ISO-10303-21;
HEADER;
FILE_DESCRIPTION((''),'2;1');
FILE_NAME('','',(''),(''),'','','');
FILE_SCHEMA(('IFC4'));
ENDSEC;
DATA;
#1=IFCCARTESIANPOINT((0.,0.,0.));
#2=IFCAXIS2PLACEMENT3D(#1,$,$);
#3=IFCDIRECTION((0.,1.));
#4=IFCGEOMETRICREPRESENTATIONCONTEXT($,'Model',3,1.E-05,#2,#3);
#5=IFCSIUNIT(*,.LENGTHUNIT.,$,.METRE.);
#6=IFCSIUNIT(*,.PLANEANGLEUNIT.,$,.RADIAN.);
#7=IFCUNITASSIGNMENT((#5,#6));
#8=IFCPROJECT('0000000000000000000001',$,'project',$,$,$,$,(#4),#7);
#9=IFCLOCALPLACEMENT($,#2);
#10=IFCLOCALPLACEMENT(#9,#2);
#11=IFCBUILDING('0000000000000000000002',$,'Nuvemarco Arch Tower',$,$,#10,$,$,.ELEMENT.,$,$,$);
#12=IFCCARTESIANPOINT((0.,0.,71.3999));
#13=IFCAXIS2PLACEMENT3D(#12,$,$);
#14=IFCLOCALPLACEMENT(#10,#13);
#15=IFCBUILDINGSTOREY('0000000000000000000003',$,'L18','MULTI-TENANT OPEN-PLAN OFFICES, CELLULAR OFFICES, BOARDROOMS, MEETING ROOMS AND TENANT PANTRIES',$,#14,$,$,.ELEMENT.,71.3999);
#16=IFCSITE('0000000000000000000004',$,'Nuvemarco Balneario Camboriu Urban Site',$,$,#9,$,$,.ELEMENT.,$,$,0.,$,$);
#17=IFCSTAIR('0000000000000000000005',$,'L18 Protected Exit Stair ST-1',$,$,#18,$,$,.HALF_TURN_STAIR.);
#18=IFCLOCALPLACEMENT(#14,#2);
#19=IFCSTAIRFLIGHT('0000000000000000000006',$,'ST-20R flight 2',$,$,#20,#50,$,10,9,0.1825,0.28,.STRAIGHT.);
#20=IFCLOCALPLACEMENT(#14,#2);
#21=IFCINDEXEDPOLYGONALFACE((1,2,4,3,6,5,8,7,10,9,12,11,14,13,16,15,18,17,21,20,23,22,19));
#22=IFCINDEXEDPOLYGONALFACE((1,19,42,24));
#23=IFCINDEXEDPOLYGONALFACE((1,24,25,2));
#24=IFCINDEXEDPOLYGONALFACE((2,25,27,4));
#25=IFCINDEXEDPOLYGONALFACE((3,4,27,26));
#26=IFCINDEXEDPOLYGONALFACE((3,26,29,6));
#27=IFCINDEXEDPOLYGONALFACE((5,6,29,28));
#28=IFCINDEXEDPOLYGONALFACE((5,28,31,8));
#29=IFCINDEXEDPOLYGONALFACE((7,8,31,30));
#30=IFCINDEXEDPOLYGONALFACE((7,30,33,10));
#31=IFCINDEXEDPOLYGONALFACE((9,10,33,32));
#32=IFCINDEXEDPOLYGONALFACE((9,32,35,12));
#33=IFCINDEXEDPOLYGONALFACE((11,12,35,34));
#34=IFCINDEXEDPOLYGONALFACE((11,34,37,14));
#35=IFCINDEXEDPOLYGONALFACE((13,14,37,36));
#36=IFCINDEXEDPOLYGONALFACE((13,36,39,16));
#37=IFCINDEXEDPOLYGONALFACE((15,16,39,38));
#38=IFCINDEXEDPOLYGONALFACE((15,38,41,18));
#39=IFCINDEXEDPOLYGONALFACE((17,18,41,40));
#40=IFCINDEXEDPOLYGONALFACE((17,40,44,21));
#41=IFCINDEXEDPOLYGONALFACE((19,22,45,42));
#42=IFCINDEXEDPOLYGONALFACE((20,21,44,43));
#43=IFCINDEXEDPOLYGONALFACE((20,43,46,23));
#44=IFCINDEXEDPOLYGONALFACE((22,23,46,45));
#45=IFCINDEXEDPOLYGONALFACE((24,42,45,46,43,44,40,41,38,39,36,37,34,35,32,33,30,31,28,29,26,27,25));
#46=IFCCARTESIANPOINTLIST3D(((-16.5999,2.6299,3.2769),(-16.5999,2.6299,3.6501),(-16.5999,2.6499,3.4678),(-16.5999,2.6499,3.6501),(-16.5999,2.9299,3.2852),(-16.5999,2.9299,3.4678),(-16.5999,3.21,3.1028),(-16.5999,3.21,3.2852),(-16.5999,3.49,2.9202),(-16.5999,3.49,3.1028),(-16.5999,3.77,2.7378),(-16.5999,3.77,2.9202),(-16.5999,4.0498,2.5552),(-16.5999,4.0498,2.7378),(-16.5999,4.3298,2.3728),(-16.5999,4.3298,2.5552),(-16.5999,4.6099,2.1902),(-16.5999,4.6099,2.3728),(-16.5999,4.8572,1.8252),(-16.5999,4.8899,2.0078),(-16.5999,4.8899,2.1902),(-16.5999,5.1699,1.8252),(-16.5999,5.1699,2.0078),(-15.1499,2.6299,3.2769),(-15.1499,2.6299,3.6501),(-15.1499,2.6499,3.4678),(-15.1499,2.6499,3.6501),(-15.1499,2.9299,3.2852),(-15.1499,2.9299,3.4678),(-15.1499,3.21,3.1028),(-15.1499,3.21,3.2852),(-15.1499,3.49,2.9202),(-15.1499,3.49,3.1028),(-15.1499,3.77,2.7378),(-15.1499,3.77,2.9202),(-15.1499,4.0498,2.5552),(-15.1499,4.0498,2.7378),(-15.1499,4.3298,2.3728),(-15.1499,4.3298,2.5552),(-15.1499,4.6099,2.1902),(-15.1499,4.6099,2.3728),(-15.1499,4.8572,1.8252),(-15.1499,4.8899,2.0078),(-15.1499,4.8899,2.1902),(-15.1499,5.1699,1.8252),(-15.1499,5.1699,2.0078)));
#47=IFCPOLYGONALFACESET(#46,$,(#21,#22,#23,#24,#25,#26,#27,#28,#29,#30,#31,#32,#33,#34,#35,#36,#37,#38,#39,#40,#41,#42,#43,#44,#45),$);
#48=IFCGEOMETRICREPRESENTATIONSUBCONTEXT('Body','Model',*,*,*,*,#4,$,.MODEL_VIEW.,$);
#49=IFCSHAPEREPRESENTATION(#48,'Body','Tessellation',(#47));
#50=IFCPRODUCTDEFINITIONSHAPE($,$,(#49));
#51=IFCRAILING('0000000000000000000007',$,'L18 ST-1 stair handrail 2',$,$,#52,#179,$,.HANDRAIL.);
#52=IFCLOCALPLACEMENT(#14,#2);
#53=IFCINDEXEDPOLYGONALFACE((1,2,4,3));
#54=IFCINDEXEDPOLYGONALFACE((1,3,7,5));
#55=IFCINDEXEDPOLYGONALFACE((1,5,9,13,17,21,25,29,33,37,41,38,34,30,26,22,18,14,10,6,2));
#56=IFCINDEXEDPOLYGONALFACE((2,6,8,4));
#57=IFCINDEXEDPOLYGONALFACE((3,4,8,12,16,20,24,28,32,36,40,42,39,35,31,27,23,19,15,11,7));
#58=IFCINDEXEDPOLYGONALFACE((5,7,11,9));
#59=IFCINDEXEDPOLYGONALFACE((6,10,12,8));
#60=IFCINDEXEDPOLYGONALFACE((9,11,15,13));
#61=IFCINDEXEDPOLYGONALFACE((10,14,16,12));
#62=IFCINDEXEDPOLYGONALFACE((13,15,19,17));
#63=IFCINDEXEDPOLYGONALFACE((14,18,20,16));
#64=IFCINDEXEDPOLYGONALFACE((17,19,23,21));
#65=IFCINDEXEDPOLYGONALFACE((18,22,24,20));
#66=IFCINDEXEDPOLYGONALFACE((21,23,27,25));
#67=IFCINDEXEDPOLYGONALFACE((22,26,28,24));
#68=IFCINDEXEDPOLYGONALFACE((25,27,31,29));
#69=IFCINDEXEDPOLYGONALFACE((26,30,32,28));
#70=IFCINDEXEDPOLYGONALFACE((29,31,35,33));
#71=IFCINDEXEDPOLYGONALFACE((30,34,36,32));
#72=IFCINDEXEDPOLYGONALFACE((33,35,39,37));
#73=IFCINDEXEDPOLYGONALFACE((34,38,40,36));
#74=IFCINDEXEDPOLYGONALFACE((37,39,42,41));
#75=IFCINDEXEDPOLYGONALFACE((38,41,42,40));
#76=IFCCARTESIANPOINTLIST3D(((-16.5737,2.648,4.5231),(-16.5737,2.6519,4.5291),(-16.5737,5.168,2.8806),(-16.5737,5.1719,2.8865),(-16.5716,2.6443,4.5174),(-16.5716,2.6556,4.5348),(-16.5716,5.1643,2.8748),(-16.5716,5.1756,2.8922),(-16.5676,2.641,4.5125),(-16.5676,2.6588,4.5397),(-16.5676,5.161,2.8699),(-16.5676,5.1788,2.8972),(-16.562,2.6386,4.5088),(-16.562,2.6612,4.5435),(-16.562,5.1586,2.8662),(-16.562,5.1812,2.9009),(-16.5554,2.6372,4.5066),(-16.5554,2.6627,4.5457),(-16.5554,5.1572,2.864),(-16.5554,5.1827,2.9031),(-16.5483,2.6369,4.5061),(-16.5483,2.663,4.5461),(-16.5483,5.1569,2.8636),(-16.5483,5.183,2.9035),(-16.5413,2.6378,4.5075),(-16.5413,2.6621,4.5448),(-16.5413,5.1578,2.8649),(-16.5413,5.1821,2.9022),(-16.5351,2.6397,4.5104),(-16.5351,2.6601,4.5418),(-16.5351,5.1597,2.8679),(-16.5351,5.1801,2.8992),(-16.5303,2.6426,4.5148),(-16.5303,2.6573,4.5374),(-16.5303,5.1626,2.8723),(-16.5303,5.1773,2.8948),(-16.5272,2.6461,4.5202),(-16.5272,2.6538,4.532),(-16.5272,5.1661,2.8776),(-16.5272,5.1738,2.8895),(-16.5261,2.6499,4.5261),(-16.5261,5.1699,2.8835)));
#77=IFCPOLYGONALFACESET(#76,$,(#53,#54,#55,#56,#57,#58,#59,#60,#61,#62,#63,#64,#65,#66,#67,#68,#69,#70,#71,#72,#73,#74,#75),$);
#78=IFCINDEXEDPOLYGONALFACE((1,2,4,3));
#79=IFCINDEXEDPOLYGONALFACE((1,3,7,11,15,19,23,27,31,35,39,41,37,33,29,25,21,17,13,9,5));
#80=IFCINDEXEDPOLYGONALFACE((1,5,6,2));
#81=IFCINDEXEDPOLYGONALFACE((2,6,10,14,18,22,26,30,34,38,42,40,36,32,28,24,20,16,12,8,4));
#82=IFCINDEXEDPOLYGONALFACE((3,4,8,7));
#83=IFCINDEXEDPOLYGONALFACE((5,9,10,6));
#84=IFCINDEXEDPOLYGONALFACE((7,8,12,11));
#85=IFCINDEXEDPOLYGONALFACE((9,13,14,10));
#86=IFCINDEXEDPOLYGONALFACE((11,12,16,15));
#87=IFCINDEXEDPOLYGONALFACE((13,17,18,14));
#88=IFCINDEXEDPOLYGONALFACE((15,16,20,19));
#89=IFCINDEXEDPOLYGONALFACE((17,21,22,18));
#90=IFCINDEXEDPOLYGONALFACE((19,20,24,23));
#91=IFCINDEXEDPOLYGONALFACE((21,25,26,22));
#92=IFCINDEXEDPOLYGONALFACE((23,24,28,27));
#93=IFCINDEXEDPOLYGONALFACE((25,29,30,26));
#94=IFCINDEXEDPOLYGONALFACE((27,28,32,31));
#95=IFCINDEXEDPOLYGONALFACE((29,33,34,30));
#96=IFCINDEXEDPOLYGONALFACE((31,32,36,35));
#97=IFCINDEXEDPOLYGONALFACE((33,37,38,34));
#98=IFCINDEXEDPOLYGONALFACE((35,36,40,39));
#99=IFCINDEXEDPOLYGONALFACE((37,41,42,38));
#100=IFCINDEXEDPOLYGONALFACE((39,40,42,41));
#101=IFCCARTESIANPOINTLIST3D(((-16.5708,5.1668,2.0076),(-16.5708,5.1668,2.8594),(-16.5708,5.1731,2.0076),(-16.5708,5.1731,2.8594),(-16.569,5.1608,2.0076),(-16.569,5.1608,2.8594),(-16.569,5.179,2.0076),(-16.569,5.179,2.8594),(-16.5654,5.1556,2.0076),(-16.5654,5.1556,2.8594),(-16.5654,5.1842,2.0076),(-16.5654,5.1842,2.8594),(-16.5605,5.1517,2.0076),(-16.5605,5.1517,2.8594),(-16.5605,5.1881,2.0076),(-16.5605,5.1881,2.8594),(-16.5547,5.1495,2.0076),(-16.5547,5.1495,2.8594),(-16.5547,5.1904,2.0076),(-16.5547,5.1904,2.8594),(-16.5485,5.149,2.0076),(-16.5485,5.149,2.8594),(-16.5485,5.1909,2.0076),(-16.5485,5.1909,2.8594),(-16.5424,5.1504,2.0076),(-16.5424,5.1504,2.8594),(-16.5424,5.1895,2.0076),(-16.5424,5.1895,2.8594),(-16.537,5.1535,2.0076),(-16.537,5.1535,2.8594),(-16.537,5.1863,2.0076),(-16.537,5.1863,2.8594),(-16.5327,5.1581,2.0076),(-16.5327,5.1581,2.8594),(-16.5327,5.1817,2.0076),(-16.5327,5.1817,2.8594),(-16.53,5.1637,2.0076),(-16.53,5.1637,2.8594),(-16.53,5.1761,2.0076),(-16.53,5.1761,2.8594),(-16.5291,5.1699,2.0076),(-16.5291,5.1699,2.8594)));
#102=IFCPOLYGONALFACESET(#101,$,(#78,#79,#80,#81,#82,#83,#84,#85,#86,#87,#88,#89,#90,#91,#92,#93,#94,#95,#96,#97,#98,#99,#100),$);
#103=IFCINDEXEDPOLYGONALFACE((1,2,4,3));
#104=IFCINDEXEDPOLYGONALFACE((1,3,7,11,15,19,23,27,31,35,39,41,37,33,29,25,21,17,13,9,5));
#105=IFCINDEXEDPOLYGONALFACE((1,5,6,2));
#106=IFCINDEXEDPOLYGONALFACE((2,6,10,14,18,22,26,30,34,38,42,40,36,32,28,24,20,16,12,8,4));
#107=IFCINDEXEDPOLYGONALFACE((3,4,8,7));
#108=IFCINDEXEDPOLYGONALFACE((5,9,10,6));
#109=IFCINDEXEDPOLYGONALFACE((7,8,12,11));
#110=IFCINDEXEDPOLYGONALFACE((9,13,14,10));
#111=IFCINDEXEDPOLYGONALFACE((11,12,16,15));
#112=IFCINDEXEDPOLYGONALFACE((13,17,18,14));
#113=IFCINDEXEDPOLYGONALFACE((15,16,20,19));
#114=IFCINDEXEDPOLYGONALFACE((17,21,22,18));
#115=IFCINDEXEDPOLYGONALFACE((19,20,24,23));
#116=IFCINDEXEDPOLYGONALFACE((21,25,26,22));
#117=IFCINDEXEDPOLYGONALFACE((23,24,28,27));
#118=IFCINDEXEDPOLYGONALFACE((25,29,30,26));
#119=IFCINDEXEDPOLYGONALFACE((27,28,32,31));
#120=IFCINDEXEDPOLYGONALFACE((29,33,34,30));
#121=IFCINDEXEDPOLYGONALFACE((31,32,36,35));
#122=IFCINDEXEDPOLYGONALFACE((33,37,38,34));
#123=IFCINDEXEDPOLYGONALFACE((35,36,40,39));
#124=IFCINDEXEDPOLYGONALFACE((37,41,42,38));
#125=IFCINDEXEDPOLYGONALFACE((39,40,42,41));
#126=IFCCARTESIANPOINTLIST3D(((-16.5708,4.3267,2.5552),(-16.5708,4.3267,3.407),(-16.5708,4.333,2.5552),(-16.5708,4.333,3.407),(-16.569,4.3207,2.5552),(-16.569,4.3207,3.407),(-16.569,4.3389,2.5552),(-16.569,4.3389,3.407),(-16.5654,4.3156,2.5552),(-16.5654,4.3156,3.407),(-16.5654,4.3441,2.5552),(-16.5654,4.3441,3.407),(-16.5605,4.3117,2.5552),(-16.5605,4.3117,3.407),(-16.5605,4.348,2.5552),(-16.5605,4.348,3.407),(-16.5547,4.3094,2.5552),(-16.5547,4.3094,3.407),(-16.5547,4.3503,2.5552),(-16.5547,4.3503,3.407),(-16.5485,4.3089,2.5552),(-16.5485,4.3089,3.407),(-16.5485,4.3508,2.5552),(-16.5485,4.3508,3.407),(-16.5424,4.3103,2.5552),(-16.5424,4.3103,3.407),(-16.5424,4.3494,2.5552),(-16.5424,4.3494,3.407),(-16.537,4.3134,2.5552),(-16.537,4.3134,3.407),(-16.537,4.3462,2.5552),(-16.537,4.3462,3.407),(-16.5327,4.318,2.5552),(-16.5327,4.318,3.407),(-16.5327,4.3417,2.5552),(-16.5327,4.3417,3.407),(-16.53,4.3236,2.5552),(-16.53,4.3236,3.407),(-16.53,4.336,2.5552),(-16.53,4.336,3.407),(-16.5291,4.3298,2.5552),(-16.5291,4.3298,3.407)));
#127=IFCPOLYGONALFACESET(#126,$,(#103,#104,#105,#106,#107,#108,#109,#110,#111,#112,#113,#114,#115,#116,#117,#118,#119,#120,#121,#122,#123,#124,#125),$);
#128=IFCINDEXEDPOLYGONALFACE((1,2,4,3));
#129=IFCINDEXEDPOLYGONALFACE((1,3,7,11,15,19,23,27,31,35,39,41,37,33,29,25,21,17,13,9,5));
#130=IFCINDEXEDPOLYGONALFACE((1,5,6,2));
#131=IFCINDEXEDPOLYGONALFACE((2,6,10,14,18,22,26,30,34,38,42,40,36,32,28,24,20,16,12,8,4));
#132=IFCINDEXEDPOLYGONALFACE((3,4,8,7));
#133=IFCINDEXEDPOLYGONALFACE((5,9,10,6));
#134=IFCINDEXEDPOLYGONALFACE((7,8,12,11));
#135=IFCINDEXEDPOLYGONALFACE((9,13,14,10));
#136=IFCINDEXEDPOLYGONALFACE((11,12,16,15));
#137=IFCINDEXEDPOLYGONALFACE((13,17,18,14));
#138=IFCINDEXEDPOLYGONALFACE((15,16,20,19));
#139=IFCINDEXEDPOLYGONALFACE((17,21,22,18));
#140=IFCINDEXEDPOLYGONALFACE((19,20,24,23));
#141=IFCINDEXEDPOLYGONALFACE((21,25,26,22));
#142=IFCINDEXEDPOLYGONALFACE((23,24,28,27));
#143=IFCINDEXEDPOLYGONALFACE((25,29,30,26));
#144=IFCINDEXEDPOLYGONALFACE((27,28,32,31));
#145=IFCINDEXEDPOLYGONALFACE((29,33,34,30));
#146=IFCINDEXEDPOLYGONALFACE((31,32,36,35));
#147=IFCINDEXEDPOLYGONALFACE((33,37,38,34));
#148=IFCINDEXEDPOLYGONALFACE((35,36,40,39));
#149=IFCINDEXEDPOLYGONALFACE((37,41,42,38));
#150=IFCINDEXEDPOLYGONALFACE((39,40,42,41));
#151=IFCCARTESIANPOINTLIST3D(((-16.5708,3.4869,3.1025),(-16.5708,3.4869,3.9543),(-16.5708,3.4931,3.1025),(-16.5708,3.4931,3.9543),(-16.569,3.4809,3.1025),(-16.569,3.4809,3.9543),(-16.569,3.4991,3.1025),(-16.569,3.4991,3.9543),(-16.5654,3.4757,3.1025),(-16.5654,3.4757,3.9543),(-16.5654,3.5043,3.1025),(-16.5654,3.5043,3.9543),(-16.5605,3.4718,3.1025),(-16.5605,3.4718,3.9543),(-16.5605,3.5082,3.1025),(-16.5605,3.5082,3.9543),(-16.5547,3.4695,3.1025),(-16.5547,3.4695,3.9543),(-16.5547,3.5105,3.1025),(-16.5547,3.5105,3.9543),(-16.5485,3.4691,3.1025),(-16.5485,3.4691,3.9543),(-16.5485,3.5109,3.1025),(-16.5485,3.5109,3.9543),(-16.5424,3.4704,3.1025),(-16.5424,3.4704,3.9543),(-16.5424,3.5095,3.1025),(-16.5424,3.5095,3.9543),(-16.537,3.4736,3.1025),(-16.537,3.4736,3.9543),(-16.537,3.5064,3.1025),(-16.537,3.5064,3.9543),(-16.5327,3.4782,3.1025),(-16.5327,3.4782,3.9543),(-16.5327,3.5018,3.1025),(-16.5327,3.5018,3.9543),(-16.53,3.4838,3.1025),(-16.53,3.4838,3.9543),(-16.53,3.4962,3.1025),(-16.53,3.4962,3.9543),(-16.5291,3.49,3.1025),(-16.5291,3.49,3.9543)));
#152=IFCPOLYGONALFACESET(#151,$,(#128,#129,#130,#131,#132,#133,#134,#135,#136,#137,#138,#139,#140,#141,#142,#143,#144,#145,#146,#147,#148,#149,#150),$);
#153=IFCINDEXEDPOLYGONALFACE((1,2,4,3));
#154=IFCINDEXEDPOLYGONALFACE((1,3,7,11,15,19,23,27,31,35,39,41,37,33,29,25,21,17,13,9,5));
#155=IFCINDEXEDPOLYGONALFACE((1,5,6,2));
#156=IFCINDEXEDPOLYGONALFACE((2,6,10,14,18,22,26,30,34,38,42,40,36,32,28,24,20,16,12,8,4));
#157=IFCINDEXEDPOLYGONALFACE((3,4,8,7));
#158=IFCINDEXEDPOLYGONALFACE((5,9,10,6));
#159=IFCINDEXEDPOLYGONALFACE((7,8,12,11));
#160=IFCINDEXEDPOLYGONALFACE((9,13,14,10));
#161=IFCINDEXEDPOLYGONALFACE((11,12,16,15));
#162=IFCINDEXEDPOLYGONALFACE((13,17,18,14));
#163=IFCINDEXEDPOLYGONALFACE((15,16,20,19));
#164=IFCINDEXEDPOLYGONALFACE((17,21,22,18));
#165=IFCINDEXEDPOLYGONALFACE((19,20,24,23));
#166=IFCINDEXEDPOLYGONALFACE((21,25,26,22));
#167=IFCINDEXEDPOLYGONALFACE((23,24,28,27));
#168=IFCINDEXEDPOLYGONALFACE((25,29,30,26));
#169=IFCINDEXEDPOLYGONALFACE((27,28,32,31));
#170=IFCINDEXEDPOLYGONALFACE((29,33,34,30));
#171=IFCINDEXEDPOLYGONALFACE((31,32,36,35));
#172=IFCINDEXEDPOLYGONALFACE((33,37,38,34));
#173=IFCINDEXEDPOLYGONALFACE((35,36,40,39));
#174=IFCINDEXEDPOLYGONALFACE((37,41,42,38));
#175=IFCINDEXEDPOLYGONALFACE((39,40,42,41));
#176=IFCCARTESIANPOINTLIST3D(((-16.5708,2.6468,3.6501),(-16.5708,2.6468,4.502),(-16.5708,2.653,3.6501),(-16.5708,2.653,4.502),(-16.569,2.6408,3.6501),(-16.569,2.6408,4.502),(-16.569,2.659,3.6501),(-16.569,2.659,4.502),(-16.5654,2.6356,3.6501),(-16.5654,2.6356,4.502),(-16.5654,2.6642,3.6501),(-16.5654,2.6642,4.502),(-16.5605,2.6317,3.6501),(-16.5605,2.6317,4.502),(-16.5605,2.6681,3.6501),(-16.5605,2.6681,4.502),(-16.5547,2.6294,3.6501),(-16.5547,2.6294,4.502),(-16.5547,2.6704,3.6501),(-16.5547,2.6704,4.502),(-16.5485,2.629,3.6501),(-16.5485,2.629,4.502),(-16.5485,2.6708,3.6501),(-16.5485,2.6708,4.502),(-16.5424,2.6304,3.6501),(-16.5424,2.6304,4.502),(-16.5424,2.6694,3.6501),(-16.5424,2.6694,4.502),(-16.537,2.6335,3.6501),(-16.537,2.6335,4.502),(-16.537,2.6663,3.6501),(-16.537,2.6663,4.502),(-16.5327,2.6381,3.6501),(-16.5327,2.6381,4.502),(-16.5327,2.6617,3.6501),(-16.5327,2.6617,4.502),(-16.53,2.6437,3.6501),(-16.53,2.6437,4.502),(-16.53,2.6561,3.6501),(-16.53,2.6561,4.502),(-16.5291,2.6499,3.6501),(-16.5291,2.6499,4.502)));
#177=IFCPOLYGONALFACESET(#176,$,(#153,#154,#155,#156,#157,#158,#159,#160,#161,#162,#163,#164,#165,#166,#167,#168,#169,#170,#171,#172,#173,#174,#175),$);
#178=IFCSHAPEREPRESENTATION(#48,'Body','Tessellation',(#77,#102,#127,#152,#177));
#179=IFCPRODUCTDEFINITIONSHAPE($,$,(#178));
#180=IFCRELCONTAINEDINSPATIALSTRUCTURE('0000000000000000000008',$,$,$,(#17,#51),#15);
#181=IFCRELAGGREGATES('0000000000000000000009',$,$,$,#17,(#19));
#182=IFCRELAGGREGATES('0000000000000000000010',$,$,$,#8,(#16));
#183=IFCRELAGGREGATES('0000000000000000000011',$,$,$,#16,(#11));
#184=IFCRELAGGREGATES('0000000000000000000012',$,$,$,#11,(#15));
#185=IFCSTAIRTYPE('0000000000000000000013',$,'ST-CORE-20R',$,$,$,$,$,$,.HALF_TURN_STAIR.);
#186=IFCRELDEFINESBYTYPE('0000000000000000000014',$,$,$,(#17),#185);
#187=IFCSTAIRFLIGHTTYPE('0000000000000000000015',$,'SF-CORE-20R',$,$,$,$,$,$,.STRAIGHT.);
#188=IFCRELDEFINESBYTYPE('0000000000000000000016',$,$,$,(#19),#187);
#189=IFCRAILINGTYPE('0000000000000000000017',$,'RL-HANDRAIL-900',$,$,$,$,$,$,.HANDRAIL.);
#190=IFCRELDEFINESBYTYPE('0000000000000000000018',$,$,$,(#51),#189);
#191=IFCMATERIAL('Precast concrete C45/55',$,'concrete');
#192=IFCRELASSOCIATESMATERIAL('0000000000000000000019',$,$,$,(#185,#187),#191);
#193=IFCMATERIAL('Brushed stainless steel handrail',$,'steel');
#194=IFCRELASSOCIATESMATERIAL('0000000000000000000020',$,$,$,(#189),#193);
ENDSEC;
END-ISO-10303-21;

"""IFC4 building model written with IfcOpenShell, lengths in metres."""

from ifc_helpers import new_model, si_unit, direction, frame, origin, origin_2d, place, context, subcontext, project, spatial, polyline, circle, outline, extrude, material, type_object, element, aggregate, save


model = new_model("IFC4")

# Units and contexts
model_context = context("Model", 3, precision=1e-05, world=origin(), true_north=direction((0.0, 1.0)))
body_context = subcontext(model_context, "Body", "Model", "MODEL_VIEW")
ifc_project = project(units=[si_unit("LENGTHUNIT", "METRE"), si_unit("PLANEANGLEUNIT", "RADIAN")], contexts=[model_context])

# Site, building, storey
site_placement = place(None, origin())
site = spatial("IfcSite", under=ifc_project, at=site_placement, Name="Nuvemarco Balneario Camboriu Urban Site", CompositionType="ELEMENT", RefElevation=0.0)
building_placement = place(site_placement, origin())
building = spatial("IfcBuilding", under=site, at=building_placement, Name="Nuvemarco Arch Tower", CompositionType="ELEMENT")
storey_placement = place(building_placement, frame((0.0, 0.0, 71.3999)))
storey = spatial("IfcBuildingStorey", under=building, at=storey_placement, Name="L18", Description="MULTI-TENANT OPEN-PLAN OFFICES, CELLULAR OFFICES, BOARDROOMS, MEETING ROOMS AND TENANT PANTRIES", CompositionType="ELEMENT", Elevation=71.3999)

# Shared definitions
ifc_material_1 = material(Name="Precast concrete C45/55", Category="concrete")

# Stair, stair flight
stair_type = type_object("IfcStairType", Name="ST-CORE-20R", PredefinedType="HALF_TURN_STAIR", material=ifc_material_1)
stair_placement = place(storey_placement, origin())
stair = element("IfcStair", 1, at=stair_placement, inside=storey, type_object=stair_type, Name="L18 Protected Exit Stair ST-1", PredefinedType="HALF_TURN_STAIR")
stair_flight_type = type_object("IfcStairFlightType", Name="SF-CORE-20R", PredefinedType="STRAIGHT", material=ifc_material_1)
stair_flight_placement = place(storey_placement, frame((-15.875, 5.1699, 1.8252), z_axis=(0.0, 0.0, 1.0), x_axis=(0.0, -1.0, 0.0)))
stair_flight = element("IfcStairFlight", 2, at=stair_flight_placement, type_object=stair_flight_type, Name="ST-20R flight 2", NumberOfRisers=10, NumberOfTreads=9, PredefinedType="STRAIGHT", RiserHeight=0.1825, TreadLength=0.28, context=body_context, shape_type="SweptSolid", body=[
    extrude(outline(polyline([(0.0, 0.0), (0.0, 0.1826), (0.28, 0.1826), (0.28, 0.365), (0.5601, 0.365), (0.5601, 0.5476), (0.8401, 0.5476), (0.8401, 0.73), (1.1201, 0.73), (1.1201, 0.9126), (1.3999, 0.9126), (1.3999, 1.095), (1.6799, 1.095), (1.6799, 1.2776), (1.96, 1.2776), (1.96, 1.46), (2.24, 1.46), (2.24, 1.6426), (2.52, 1.6426), (2.52, 1.825), (2.54, 1.825), (2.54, 1.4517), (0.3127, 0.0), (0.0, 0.0)])), frame((0.0, 0.7251, 0.0), z_axis=(0.0, -1.0, 0.0), x_axis=(1.0, 0.0, 0.0)), (0.0, 0.0, 1.0), 1.45),
])
aggregate(stair, [stair_flight])

# Railing
ifc_material_2 = material(Name="Brushed stainless steel handrail", Category="steel")
railing_type_1 = type_object("IfcRailingType", Name="RL-HANDRAIL-900", PredefinedType="HANDRAIL", material=ifc_material_2)
railing_1_placement = place(storey_placement, frame((-16.55, 5.1699, 2.0076)))
element("IfcRailing", 3, at=railing_1_placement, inside=storey, type_object=railing_type_1, Name="L18 ST-1 stair handrail 2", PredefinedType="HANDRAIL", context=body_context, shape_type="SweptSolid", body=[
    extrude(circle(Radius=0.0239, at=origin_2d()), frame((0.0, 0.0, 0.876), z_axis=(0.0, -0.837749, 0.546055), x_axis=(1.0, 0.0, 0.0)), (0.0, 0.0, 1.0), 3.0081),
    extrude(circle(Radius=0.021, at=origin_2d()), origin(), (0.0, 0.0, 1.0), 0.8518),
    extrude(circle(Radius=0.021, at=origin_2d()), frame((0.0, -0.8401, 0.5476)), (0.0, 0.0, 1.0), 0.8518),
    extrude(circle(Radius=0.021, at=origin_2d()), frame((0.0, -1.6799, 1.095)), (0.0, 0.0, 1.0), 0.8518),
    extrude(circle(Radius=0.021, at=origin_2d()), frame((0.0, -2.52, 1.6426)), (0.0, 0.0, 1.0), 0.8518),
])

save(model, "model.ifc")
